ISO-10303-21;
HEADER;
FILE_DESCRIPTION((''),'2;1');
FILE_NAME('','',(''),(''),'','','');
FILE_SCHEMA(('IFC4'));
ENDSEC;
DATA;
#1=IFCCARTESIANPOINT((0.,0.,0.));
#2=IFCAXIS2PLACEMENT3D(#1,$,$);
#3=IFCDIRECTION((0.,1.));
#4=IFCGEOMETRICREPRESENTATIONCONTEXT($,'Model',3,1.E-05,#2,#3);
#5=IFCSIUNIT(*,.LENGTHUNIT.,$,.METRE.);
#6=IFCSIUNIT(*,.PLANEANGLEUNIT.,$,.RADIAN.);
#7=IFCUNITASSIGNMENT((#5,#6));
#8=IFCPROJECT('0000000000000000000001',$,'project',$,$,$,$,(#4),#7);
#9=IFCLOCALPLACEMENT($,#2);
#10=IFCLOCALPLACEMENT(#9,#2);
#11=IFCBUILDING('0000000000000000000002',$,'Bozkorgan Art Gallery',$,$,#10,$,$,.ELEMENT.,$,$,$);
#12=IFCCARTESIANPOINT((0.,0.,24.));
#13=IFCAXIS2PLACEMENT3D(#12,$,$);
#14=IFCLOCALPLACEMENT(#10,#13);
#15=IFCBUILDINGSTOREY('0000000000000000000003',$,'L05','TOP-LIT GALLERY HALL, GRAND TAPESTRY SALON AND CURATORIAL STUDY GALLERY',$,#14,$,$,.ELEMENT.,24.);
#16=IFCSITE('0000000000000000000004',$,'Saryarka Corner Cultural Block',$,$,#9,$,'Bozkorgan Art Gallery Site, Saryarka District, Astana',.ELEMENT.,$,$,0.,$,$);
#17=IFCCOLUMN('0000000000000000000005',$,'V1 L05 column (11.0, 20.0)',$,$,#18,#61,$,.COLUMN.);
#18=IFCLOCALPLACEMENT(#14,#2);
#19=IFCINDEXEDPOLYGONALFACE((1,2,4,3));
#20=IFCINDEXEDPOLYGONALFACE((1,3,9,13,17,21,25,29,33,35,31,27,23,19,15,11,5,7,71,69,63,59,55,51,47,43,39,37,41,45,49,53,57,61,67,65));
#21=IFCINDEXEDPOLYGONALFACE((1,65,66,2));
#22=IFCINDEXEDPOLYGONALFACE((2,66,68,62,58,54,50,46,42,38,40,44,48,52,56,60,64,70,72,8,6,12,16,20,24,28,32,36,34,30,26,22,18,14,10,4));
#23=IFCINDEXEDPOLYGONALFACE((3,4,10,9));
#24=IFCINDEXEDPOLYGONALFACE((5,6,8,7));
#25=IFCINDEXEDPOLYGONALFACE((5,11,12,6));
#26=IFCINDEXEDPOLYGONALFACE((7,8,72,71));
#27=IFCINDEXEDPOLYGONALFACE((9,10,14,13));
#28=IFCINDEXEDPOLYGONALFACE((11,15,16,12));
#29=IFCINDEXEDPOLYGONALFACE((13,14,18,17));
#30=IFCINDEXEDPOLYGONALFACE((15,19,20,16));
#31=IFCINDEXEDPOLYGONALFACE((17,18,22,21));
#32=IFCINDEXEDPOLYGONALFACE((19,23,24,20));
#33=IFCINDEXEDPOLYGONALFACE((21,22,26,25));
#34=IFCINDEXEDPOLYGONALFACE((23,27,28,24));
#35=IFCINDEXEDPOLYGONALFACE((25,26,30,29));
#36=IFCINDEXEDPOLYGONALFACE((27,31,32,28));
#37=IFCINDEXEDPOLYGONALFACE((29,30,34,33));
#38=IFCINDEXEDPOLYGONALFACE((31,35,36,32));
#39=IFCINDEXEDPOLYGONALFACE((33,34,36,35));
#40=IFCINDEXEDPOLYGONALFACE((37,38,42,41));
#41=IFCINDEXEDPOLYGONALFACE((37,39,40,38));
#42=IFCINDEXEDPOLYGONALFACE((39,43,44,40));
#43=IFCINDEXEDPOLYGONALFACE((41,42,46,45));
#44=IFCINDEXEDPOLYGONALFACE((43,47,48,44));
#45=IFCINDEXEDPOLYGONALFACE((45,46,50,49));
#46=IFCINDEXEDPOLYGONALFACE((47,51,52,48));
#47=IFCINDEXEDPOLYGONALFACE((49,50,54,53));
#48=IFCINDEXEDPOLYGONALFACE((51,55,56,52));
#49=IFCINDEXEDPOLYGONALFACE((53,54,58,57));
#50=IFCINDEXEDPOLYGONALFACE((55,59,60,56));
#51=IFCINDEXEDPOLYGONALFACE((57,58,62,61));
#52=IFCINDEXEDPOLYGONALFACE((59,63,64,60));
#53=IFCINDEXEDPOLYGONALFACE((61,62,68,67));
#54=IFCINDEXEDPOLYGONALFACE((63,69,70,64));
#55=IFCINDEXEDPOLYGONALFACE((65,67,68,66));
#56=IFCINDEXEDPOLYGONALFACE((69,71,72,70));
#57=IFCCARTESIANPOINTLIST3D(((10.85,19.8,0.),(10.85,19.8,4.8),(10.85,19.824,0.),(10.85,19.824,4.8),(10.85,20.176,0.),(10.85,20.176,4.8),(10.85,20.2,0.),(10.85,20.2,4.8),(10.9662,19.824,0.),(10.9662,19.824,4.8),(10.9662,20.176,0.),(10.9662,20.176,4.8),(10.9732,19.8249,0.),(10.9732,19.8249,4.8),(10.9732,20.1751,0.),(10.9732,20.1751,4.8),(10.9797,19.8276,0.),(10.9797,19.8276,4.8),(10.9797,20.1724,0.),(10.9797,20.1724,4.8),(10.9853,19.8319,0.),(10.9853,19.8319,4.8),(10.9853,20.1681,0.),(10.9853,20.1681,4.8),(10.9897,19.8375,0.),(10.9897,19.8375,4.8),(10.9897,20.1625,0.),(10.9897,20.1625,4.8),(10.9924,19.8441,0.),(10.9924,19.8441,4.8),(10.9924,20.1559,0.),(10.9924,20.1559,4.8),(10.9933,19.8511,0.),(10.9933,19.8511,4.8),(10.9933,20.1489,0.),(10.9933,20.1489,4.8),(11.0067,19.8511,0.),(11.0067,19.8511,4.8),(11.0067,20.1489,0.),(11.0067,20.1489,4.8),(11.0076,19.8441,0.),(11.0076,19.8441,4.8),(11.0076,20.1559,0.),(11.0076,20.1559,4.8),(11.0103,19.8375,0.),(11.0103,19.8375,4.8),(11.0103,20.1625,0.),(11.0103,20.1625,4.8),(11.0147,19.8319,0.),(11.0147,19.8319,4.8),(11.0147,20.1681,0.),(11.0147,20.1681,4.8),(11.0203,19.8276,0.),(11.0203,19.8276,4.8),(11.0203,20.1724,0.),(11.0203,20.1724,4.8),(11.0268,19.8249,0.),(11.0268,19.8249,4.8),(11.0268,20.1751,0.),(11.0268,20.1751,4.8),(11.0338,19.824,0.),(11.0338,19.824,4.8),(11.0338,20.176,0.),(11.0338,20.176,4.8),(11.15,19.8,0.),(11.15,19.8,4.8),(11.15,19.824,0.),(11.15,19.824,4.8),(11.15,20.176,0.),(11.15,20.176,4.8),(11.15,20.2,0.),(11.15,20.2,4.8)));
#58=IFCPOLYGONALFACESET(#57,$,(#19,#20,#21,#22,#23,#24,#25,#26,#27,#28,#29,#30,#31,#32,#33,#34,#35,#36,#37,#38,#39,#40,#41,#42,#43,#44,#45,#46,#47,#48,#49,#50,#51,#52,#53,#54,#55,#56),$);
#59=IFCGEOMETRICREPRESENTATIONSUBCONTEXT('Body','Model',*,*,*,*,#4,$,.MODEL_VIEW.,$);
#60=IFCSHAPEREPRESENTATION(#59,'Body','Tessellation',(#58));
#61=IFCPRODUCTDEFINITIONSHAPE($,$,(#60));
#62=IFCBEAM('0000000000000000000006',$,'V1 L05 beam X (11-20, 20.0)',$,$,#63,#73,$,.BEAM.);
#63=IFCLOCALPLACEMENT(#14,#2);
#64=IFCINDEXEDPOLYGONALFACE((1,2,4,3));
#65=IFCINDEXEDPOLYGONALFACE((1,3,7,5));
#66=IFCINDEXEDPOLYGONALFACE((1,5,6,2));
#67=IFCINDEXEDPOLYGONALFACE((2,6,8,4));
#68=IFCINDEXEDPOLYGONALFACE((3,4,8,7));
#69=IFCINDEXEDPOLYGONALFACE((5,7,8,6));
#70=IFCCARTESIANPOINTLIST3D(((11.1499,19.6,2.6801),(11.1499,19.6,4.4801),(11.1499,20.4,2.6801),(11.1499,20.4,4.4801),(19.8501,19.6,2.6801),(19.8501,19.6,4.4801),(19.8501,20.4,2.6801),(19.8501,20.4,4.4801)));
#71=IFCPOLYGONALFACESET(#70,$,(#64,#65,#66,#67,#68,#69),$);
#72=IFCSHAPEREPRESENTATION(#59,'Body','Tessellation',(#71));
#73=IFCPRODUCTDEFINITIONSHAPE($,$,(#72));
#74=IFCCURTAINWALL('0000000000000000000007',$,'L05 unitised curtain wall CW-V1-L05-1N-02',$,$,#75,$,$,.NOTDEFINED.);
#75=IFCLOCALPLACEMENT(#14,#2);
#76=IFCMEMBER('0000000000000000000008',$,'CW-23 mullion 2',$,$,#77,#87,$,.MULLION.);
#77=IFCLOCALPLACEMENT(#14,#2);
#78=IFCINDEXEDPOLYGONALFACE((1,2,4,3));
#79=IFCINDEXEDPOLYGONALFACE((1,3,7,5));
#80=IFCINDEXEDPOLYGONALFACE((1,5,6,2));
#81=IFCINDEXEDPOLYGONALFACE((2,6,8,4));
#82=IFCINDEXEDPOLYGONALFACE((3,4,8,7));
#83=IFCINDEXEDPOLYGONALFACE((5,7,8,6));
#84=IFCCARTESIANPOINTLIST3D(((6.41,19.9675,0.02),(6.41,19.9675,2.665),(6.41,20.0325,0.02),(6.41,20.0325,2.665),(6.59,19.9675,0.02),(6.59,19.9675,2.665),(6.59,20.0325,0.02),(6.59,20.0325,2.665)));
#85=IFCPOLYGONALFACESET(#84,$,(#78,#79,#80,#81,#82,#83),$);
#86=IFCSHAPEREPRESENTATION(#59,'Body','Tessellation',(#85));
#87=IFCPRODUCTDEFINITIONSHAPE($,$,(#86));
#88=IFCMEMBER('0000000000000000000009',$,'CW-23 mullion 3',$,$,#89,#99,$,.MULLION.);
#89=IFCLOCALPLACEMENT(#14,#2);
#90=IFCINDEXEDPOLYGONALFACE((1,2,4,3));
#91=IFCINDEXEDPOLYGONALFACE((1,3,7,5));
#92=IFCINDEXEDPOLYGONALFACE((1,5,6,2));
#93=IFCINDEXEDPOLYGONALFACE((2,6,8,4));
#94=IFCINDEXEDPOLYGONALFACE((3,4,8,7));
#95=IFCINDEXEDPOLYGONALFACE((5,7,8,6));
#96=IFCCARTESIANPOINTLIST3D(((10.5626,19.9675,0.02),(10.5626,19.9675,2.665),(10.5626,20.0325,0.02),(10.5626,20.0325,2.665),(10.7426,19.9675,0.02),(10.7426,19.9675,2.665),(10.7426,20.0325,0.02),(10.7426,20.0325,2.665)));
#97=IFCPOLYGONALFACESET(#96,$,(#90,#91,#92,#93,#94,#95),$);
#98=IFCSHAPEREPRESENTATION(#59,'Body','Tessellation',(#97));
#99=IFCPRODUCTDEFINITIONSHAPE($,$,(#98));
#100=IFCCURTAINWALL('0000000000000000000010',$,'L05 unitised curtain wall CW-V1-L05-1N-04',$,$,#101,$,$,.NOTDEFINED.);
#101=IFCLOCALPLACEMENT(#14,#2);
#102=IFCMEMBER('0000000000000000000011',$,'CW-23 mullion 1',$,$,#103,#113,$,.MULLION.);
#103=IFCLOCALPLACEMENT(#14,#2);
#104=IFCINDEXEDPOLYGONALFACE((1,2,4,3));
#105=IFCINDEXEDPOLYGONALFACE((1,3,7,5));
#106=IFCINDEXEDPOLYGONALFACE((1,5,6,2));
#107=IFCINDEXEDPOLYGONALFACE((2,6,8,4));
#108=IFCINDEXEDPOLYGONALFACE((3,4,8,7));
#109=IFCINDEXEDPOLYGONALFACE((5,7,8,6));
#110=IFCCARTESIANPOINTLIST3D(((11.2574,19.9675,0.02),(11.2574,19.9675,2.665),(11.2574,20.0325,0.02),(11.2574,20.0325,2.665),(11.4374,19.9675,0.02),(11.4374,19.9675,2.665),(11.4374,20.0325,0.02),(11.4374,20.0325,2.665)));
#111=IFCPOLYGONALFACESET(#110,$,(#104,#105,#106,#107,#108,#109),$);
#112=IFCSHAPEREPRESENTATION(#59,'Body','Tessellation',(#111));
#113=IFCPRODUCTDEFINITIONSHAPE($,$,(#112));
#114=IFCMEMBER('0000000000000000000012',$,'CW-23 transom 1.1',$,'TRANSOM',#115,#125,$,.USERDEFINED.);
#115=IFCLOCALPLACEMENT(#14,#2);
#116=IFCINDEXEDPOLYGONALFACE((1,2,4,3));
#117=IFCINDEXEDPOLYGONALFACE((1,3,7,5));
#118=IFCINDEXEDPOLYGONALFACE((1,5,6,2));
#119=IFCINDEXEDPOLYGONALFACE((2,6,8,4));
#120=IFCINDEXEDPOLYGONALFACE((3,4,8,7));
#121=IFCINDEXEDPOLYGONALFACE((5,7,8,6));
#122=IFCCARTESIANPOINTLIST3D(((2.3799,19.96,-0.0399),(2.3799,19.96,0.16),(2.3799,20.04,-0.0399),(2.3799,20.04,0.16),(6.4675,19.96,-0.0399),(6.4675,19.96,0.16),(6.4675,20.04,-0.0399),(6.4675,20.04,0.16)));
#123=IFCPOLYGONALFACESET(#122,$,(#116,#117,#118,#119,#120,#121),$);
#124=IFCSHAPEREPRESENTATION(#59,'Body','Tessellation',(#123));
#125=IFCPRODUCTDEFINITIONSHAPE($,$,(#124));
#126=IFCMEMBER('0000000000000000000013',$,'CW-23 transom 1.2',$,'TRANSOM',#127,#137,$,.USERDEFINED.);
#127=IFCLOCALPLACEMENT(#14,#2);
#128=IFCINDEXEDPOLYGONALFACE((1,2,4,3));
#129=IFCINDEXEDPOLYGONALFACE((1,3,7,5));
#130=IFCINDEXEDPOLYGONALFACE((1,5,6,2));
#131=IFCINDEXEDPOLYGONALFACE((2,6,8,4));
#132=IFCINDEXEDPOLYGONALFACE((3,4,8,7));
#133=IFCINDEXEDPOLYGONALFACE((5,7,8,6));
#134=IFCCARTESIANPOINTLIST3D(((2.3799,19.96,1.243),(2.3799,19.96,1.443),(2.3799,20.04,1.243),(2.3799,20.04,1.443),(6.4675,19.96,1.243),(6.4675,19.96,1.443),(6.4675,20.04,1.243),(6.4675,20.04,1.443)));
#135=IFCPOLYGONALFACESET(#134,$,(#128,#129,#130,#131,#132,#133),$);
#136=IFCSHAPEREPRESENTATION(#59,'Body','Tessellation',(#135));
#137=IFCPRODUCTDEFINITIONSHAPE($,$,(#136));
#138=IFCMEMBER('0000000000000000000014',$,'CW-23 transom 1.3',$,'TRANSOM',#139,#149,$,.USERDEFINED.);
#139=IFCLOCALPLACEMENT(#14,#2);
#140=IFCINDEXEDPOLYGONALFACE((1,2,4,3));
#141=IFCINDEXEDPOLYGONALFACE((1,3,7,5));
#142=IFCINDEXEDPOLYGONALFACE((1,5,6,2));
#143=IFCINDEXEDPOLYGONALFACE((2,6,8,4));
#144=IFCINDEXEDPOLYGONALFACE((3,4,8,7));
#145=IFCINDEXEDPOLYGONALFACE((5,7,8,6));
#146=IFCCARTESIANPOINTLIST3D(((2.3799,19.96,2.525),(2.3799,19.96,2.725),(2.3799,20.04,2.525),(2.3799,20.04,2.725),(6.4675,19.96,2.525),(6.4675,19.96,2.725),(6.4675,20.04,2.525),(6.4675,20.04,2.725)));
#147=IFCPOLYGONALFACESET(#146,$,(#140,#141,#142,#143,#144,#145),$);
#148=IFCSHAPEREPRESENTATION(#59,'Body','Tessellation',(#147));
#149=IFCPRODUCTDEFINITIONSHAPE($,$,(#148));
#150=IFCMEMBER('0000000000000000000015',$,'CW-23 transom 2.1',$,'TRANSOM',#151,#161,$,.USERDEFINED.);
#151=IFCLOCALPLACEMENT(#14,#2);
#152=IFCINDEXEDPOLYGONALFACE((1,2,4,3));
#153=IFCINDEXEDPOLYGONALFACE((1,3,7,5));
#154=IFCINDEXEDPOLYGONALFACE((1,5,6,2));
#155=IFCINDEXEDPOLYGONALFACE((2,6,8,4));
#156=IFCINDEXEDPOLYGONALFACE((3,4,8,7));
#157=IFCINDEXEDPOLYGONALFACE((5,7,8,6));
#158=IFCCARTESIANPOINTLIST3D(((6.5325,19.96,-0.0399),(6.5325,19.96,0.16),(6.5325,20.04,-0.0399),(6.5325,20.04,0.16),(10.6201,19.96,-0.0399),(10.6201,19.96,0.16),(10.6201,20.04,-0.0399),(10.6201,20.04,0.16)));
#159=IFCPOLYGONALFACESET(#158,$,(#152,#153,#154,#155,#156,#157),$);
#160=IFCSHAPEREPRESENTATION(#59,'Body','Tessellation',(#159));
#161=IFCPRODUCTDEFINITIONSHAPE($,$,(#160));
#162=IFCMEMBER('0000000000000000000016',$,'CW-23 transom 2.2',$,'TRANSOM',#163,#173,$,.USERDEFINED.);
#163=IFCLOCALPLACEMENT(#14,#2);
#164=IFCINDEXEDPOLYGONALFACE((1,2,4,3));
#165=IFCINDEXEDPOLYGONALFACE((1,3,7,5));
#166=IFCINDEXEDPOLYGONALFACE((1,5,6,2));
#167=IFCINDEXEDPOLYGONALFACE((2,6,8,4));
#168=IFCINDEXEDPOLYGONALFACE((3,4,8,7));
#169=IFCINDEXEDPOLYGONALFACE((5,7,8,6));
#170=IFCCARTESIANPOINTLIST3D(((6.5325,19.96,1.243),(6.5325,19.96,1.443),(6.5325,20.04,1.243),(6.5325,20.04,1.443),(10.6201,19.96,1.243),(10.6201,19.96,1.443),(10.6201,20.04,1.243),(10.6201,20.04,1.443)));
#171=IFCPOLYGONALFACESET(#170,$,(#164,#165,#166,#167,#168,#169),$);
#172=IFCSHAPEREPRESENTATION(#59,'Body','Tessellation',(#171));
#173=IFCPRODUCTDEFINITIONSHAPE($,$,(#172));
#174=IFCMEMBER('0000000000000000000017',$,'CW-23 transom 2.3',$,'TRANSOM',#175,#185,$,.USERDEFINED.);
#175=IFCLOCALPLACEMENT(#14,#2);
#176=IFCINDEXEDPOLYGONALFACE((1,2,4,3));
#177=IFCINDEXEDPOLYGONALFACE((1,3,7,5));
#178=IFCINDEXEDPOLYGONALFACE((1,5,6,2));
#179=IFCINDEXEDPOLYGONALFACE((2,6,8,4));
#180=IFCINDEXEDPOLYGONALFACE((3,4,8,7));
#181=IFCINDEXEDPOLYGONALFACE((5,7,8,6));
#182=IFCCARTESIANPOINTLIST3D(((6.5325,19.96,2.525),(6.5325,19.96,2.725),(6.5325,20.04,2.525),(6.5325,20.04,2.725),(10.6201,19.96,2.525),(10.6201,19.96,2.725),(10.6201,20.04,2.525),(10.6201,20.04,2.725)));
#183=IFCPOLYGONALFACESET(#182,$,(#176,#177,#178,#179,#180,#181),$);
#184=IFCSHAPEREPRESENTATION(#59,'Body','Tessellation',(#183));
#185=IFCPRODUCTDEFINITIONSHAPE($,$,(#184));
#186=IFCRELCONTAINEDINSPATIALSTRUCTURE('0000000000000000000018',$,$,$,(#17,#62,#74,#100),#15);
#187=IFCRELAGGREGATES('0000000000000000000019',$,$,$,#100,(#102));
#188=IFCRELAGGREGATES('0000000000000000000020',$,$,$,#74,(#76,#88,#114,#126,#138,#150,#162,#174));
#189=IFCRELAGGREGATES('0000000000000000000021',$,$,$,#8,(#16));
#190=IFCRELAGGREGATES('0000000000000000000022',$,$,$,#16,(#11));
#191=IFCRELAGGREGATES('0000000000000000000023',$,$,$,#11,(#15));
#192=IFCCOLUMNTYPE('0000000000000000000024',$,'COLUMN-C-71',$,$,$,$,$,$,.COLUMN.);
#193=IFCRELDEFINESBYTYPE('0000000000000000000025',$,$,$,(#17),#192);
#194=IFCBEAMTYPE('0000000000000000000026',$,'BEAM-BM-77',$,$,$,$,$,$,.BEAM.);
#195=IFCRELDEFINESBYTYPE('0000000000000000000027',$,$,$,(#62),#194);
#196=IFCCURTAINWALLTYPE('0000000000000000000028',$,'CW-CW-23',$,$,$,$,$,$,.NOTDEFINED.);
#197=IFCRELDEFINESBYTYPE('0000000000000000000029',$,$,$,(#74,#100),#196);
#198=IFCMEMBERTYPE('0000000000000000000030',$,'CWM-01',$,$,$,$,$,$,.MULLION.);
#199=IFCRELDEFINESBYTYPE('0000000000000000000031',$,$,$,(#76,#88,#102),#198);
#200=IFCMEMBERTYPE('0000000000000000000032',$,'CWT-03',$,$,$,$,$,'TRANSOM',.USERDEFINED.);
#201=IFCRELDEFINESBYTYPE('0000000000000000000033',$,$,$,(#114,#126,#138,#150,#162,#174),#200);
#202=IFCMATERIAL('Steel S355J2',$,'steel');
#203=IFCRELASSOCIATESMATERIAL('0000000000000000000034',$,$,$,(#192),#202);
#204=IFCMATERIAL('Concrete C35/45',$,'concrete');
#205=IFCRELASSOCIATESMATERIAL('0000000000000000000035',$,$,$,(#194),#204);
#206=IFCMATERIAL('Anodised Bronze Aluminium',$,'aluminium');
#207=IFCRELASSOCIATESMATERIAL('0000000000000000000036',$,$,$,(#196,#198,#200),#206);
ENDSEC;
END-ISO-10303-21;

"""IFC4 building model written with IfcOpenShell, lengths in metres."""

from ifc_helpers import new_model, si_unit, direction, frame, origin, origin_2d, place, context, subcontext, project, spatial, rectangle, i_section, extrude, material, material_profile, profile_set, type_object, element, aggregate, save


model = new_model("IFC4")

# Units and contexts
model_context = context("Model", 3, precision=1e-05, world=origin(), true_north=direction((0.0, 1.0)))
body_context = subcontext(model_context, "Body", "Model", "MODEL_VIEW")
ifc_project = project(units=[si_unit("LENGTHUNIT", "METRE"), si_unit("PLANEANGLEUNIT", "RADIAN")], contexts=[model_context])

# Site, building, storey
site_placement = place(None, origin())
site = spatial("IfcSite", under=ifc_project, at=site_placement, Name="Saryarka Corner Cultural Block", LongName="Bozkorgan Art Gallery Site, Saryarka District, Astana", CompositionType="ELEMENT", RefElevation=0.0)
building_placement = place(site_placement, origin())
building = spatial("IfcBuilding", under=site, at=building_placement, Name="Bozkorgan Art Gallery", CompositionType="ELEMENT")
storey_placement = place(building_placement, frame((0.0, 0.0, 24.0)))
storey = spatial("IfcBuildingStorey", under=building, at=storey_placement, Name="L05", Description="TOP-LIT GALLERY HALL, GRAND TAPESTRY SALON AND CURATORIAL STUDY GALLERY", CompositionType="ELEMENT", Elevation=24.0)

# Column
ifc_material_1 = material(Name="Steel S355J2", Category="steel")
ifc_material_profile_1 = material_profile(ifc_material_1, i_section(OverallWidth=0.3, OverallDepth=0.3999, WebThickness=0.0134, FlangeThickness=0.0239, FilletRadius=0.0271, at=origin_2d()), Name="HEB 400")
ifc_profile_set_1 = profile_set([ifc_material_profile_1], Name="Steel S355J2")
column_type = type_object("IfcColumnType", Name="COLUMN-C-71", PredefinedType="COLUMN", material=ifc_profile_set_1)
column_placement = place(storey_placement, frame((11.0, 20.0, 0.0), z_axis=(0.0, 0.0, 1.0), x_axis=(1.0, 0.0, 0.0)))
element("IfcColumn", 1, at=column_placement, inside=storey, type_object=column_type, Name="V1 L05 column (11.0, 20.0)", PredefinedType="COLUMN", context=body_context, shape_type="SweptSolid", body=[
    extrude(i_section(OverallWidth=0.3, OverallDepth=0.3999, WebThickness=0.0134, FlangeThickness=0.0239, FilletRadius=0.0271, at=origin_2d()), origin(), (0.0, 0.0, 1.0), 4.8),
])

# Beam
ifc_material_2 = material(Name="Concrete C35/45", Category="concrete")
ifc_material_profile_2 = material_profile(ifc_material_2, rectangle(XDim=0.8, YDim=1.8, at=origin_2d()), Name="RC 800x1800")
ifc_profile_set_2 = profile_set([ifc_material_profile_2], Name="Concrete C35/45")
beam_type = type_object("IfcBeamType", Name="BEAM-BM-77", PredefinedType="BEAM", material=ifc_profile_set_2)
beam_placement = place(storey_placement, frame((11.1499, 20.0, 3.5801), z_axis=(1.0, 0.0, 0.0), x_axis=(0.0, 1.0, 0.0)))
element("IfcBeam", 2, at=beam_placement, inside=storey, type_object=beam_type, Name="V1 L05 beam X (11-20, 20.0)", PredefinedType="BEAM", context=body_context, shape_type="SweptSolid", body=[
    extrude(rectangle(XDim=0.8, YDim=1.8, at=origin_2d()), origin(), (0.0, 0.0, 1.0), 8.7002),
])

# Curtain wall, members
ifc_material_3 = material(Name="Anodised Bronze Aluminium", Category="aluminium")
curtain_wall_type = type_object("IfcCurtainWallType", Name="CW-CW-23", PredefinedType="NOTDEFINED", material=ifc_material_3)
curtain_wall_1_placement = place(storey_placement, origin())
curtain_wall_1 = element("IfcCurtainWall", 3, at=curtain_wall_1_placement, inside=storey, type_object=curtain_wall_type, Name="L05 unitised curtain wall CW-V1-L05-1N-02", PredefinedType="NOTDEFINED")
ifc_material_profile_3 = material_profile(ifc_material_3, rectangle(XDim=0.0649, YDim=0.1799, at=origin_2d()), Name="ALU MULLION 65x180")
ifc_profile_set_3 = profile_set([ifc_material_profile_3], Name="Anodised Bronze Aluminium")
member_type_1 = type_object("IfcMemberType", Name="CWM-01", PredefinedType="MULLION", material=ifc_profile_set_3)
member_1_placement = place(storey_placement, frame((6.5, 20.0, 0.02), z_axis=(0.0, 0.0, 1.0), x_axis=(0.0, 1.0, 0.0)))
member_1 = element("IfcMember", 4, at=member_1_placement, type_object=member_type_1, Name="CW-23 mullion 2", PredefinedType="MULLION", context=body_context, shape_type="SweptSolid", body=[
    extrude(rectangle(XDim=0.0649, YDim=0.1799, at=origin_2d()), origin(), (0.0, 0.0, 1.0), 2.645),
])
member_2_placement = place(storey_placement, frame((10.6526, 20.0, 0.02), z_axis=(0.0, 0.0, 1.0), x_axis=(0.0, 1.0, 0.0)))
member_2 = element("IfcMember", 5, at=member_2_placement, type_object=member_type_1, Name="CW-23 mullion 3", PredefinedType="MULLION", context=body_context, shape_type="SweptSolid", body=[
    extrude(rectangle(XDim=0.0649, YDim=0.1799, at=origin_2d()), origin(), (0.0, 0.0, 1.0), 2.645),
])

# Curtain wall, member
curtain_wall_2_placement = place(storey_placement, origin())
curtain_wall_2 = element("IfcCurtainWall", 6, at=curtain_wall_2_placement, inside=storey, type_object=curtain_wall_type, Name="L05 unitised curtain wall CW-V1-L05-1N-04", PredefinedType="NOTDEFINED")
member_3_placement = place(storey_placement, frame((11.3474, 20.0, 0.02), z_axis=(0.0, 0.0, 1.0), x_axis=(0.0, 1.0, 0.0)))
member_3 = element("IfcMember", 7, at=member_3_placement, type_object=member_type_1, Name="CW-23 mullion 1", PredefinedType="MULLION", context=body_context, shape_type="SweptSolid", body=[
    extrude(rectangle(XDim=0.0649, YDim=0.1799, at=origin_2d()), origin(), (0.0, 0.0, 1.0), 2.645),
])
aggregate(curtain_wall_2, [member_3])

# Members
ifc_material_profile_4 = material_profile(ifc_material_3, rectangle(XDim=0.0801, YDim=0.2, at=origin_2d()), Name="ALU TRANSOM 80x200")
ifc_profile_set_4 = profile_set([ifc_material_profile_4], Name="Anodised Bronze Aluminium")
member_type_2 = type_object("IfcMemberType", Name="CWT-03", ElementType="TRANSOM", PredefinedType="USERDEFINED", material=ifc_profile_set_4)
member_4_placement = place(storey_placement, frame((2.3799, 20.0, 0.0601), z_axis=(1.0, 0.0, 0.0), x_axis=(0.0, 1.0, 0.0)))
member_4 = element("IfcMember", 8, at=member_4_placement, type_object=member_type_2, Name="CW-23 transom 1.1", ObjectType="TRANSOM", PredefinedType="USERDEFINED", context=body_context, shape_type="SweptSolid", body=[
    extrude(rectangle(XDim=0.0801, YDim=0.2, at=origin_2d()), origin(), (0.0, 0.0, 1.0), 4.0876),
])
member_5_placement = place(storey_placement, frame((2.3799, 20.0, 1.343), z_axis=(1.0, 0.0, 0.0), x_axis=(0.0, 1.0, 0.0)))
member_5 = element("IfcMember", 9, at=member_5_placement, type_object=member_type_2, Name="CW-23 transom 1.2", ObjectType="TRANSOM", PredefinedType="USERDEFINED", context=body_context, shape_type="SweptSolid", body=[
    extrude(rectangle(XDim=0.0801, YDim=0.2, at=origin_2d()), origin(), (0.0, 0.0, 1.0), 4.0876),
])
member_6_placement = place(storey_placement, frame((2.3799, 20.0, 2.625), z_axis=(1.0, 0.0, 0.0), x_axis=(0.0, 1.0, 0.0)))
member_6 = element("IfcMember", 10, at=member_6_placement, type_object=member_type_2, Name="CW-23 transom 1.3", ObjectType="TRANSOM", PredefinedType="USERDEFINED", context=body_context, shape_type="SweptSolid", body=[
    extrude(rectangle(XDim=0.0801, YDim=0.2, at=origin_2d()), origin(), (0.0, 0.0, 1.0), 4.0876),
])
member_7_placement = place(storey_placement, frame((6.5325, 20.0, 0.0601), z_axis=(1.0, 0.0, 0.0), x_axis=(0.0, 1.0, 0.0)))
member_7 = element("IfcMember", 11, at=member_7_placement, type_object=member_type_2, Name="CW-23 transom 2.1", ObjectType="TRANSOM", PredefinedType="USERDEFINED", context=body_context, shape_type="SweptSolid", body=[
    extrude(rectangle(XDim=0.0801, YDim=0.2, at=origin_2d()), origin(), (0.0, 0.0, 1.0), 4.0876),
])
member_8_placement = place(storey_placement, frame((6.5325, 20.0, 1.343), z_axis=(1.0, 0.0, 0.0), x_axis=(0.0, 1.0, 0.0)))
member_8 = element("IfcMember", 12, at=member_8_placement, type_object=member_type_2, Name="CW-23 transom 2.2", ObjectType="TRANSOM", PredefinedType="USERDEFINED", context=body_context, shape_type="SweptSolid", body=[
    extrude(rectangle(XDim=0.0801, YDim=0.2, at=origin_2d()), origin(), (0.0, 0.0, 1.0), 4.0876),
])
member_9_placement = place(storey_placement, frame((6.5325, 20.0, 2.625), z_axis=(1.0, 0.0, 0.0), x_axis=(0.0, 1.0, 0.0)))
member_9 = element("IfcMember", 13, at=member_9_placement, type_object=member_type_2, Name="CW-23 transom 2.3", ObjectType="TRANSOM", PredefinedType="USERDEFINED", context=body_context, shape_type="SweptSolid", body=[
    extrude(rectangle(XDim=0.0801, YDim=0.2, at=origin_2d()), origin(), (0.0, 0.0, 1.0), 4.0876),
])

aggregate(curtain_wall_1, [member_1, member_2, member_4, member_5, member_6, member_7, member_8, member_9])

save(model, "model.ifc")
